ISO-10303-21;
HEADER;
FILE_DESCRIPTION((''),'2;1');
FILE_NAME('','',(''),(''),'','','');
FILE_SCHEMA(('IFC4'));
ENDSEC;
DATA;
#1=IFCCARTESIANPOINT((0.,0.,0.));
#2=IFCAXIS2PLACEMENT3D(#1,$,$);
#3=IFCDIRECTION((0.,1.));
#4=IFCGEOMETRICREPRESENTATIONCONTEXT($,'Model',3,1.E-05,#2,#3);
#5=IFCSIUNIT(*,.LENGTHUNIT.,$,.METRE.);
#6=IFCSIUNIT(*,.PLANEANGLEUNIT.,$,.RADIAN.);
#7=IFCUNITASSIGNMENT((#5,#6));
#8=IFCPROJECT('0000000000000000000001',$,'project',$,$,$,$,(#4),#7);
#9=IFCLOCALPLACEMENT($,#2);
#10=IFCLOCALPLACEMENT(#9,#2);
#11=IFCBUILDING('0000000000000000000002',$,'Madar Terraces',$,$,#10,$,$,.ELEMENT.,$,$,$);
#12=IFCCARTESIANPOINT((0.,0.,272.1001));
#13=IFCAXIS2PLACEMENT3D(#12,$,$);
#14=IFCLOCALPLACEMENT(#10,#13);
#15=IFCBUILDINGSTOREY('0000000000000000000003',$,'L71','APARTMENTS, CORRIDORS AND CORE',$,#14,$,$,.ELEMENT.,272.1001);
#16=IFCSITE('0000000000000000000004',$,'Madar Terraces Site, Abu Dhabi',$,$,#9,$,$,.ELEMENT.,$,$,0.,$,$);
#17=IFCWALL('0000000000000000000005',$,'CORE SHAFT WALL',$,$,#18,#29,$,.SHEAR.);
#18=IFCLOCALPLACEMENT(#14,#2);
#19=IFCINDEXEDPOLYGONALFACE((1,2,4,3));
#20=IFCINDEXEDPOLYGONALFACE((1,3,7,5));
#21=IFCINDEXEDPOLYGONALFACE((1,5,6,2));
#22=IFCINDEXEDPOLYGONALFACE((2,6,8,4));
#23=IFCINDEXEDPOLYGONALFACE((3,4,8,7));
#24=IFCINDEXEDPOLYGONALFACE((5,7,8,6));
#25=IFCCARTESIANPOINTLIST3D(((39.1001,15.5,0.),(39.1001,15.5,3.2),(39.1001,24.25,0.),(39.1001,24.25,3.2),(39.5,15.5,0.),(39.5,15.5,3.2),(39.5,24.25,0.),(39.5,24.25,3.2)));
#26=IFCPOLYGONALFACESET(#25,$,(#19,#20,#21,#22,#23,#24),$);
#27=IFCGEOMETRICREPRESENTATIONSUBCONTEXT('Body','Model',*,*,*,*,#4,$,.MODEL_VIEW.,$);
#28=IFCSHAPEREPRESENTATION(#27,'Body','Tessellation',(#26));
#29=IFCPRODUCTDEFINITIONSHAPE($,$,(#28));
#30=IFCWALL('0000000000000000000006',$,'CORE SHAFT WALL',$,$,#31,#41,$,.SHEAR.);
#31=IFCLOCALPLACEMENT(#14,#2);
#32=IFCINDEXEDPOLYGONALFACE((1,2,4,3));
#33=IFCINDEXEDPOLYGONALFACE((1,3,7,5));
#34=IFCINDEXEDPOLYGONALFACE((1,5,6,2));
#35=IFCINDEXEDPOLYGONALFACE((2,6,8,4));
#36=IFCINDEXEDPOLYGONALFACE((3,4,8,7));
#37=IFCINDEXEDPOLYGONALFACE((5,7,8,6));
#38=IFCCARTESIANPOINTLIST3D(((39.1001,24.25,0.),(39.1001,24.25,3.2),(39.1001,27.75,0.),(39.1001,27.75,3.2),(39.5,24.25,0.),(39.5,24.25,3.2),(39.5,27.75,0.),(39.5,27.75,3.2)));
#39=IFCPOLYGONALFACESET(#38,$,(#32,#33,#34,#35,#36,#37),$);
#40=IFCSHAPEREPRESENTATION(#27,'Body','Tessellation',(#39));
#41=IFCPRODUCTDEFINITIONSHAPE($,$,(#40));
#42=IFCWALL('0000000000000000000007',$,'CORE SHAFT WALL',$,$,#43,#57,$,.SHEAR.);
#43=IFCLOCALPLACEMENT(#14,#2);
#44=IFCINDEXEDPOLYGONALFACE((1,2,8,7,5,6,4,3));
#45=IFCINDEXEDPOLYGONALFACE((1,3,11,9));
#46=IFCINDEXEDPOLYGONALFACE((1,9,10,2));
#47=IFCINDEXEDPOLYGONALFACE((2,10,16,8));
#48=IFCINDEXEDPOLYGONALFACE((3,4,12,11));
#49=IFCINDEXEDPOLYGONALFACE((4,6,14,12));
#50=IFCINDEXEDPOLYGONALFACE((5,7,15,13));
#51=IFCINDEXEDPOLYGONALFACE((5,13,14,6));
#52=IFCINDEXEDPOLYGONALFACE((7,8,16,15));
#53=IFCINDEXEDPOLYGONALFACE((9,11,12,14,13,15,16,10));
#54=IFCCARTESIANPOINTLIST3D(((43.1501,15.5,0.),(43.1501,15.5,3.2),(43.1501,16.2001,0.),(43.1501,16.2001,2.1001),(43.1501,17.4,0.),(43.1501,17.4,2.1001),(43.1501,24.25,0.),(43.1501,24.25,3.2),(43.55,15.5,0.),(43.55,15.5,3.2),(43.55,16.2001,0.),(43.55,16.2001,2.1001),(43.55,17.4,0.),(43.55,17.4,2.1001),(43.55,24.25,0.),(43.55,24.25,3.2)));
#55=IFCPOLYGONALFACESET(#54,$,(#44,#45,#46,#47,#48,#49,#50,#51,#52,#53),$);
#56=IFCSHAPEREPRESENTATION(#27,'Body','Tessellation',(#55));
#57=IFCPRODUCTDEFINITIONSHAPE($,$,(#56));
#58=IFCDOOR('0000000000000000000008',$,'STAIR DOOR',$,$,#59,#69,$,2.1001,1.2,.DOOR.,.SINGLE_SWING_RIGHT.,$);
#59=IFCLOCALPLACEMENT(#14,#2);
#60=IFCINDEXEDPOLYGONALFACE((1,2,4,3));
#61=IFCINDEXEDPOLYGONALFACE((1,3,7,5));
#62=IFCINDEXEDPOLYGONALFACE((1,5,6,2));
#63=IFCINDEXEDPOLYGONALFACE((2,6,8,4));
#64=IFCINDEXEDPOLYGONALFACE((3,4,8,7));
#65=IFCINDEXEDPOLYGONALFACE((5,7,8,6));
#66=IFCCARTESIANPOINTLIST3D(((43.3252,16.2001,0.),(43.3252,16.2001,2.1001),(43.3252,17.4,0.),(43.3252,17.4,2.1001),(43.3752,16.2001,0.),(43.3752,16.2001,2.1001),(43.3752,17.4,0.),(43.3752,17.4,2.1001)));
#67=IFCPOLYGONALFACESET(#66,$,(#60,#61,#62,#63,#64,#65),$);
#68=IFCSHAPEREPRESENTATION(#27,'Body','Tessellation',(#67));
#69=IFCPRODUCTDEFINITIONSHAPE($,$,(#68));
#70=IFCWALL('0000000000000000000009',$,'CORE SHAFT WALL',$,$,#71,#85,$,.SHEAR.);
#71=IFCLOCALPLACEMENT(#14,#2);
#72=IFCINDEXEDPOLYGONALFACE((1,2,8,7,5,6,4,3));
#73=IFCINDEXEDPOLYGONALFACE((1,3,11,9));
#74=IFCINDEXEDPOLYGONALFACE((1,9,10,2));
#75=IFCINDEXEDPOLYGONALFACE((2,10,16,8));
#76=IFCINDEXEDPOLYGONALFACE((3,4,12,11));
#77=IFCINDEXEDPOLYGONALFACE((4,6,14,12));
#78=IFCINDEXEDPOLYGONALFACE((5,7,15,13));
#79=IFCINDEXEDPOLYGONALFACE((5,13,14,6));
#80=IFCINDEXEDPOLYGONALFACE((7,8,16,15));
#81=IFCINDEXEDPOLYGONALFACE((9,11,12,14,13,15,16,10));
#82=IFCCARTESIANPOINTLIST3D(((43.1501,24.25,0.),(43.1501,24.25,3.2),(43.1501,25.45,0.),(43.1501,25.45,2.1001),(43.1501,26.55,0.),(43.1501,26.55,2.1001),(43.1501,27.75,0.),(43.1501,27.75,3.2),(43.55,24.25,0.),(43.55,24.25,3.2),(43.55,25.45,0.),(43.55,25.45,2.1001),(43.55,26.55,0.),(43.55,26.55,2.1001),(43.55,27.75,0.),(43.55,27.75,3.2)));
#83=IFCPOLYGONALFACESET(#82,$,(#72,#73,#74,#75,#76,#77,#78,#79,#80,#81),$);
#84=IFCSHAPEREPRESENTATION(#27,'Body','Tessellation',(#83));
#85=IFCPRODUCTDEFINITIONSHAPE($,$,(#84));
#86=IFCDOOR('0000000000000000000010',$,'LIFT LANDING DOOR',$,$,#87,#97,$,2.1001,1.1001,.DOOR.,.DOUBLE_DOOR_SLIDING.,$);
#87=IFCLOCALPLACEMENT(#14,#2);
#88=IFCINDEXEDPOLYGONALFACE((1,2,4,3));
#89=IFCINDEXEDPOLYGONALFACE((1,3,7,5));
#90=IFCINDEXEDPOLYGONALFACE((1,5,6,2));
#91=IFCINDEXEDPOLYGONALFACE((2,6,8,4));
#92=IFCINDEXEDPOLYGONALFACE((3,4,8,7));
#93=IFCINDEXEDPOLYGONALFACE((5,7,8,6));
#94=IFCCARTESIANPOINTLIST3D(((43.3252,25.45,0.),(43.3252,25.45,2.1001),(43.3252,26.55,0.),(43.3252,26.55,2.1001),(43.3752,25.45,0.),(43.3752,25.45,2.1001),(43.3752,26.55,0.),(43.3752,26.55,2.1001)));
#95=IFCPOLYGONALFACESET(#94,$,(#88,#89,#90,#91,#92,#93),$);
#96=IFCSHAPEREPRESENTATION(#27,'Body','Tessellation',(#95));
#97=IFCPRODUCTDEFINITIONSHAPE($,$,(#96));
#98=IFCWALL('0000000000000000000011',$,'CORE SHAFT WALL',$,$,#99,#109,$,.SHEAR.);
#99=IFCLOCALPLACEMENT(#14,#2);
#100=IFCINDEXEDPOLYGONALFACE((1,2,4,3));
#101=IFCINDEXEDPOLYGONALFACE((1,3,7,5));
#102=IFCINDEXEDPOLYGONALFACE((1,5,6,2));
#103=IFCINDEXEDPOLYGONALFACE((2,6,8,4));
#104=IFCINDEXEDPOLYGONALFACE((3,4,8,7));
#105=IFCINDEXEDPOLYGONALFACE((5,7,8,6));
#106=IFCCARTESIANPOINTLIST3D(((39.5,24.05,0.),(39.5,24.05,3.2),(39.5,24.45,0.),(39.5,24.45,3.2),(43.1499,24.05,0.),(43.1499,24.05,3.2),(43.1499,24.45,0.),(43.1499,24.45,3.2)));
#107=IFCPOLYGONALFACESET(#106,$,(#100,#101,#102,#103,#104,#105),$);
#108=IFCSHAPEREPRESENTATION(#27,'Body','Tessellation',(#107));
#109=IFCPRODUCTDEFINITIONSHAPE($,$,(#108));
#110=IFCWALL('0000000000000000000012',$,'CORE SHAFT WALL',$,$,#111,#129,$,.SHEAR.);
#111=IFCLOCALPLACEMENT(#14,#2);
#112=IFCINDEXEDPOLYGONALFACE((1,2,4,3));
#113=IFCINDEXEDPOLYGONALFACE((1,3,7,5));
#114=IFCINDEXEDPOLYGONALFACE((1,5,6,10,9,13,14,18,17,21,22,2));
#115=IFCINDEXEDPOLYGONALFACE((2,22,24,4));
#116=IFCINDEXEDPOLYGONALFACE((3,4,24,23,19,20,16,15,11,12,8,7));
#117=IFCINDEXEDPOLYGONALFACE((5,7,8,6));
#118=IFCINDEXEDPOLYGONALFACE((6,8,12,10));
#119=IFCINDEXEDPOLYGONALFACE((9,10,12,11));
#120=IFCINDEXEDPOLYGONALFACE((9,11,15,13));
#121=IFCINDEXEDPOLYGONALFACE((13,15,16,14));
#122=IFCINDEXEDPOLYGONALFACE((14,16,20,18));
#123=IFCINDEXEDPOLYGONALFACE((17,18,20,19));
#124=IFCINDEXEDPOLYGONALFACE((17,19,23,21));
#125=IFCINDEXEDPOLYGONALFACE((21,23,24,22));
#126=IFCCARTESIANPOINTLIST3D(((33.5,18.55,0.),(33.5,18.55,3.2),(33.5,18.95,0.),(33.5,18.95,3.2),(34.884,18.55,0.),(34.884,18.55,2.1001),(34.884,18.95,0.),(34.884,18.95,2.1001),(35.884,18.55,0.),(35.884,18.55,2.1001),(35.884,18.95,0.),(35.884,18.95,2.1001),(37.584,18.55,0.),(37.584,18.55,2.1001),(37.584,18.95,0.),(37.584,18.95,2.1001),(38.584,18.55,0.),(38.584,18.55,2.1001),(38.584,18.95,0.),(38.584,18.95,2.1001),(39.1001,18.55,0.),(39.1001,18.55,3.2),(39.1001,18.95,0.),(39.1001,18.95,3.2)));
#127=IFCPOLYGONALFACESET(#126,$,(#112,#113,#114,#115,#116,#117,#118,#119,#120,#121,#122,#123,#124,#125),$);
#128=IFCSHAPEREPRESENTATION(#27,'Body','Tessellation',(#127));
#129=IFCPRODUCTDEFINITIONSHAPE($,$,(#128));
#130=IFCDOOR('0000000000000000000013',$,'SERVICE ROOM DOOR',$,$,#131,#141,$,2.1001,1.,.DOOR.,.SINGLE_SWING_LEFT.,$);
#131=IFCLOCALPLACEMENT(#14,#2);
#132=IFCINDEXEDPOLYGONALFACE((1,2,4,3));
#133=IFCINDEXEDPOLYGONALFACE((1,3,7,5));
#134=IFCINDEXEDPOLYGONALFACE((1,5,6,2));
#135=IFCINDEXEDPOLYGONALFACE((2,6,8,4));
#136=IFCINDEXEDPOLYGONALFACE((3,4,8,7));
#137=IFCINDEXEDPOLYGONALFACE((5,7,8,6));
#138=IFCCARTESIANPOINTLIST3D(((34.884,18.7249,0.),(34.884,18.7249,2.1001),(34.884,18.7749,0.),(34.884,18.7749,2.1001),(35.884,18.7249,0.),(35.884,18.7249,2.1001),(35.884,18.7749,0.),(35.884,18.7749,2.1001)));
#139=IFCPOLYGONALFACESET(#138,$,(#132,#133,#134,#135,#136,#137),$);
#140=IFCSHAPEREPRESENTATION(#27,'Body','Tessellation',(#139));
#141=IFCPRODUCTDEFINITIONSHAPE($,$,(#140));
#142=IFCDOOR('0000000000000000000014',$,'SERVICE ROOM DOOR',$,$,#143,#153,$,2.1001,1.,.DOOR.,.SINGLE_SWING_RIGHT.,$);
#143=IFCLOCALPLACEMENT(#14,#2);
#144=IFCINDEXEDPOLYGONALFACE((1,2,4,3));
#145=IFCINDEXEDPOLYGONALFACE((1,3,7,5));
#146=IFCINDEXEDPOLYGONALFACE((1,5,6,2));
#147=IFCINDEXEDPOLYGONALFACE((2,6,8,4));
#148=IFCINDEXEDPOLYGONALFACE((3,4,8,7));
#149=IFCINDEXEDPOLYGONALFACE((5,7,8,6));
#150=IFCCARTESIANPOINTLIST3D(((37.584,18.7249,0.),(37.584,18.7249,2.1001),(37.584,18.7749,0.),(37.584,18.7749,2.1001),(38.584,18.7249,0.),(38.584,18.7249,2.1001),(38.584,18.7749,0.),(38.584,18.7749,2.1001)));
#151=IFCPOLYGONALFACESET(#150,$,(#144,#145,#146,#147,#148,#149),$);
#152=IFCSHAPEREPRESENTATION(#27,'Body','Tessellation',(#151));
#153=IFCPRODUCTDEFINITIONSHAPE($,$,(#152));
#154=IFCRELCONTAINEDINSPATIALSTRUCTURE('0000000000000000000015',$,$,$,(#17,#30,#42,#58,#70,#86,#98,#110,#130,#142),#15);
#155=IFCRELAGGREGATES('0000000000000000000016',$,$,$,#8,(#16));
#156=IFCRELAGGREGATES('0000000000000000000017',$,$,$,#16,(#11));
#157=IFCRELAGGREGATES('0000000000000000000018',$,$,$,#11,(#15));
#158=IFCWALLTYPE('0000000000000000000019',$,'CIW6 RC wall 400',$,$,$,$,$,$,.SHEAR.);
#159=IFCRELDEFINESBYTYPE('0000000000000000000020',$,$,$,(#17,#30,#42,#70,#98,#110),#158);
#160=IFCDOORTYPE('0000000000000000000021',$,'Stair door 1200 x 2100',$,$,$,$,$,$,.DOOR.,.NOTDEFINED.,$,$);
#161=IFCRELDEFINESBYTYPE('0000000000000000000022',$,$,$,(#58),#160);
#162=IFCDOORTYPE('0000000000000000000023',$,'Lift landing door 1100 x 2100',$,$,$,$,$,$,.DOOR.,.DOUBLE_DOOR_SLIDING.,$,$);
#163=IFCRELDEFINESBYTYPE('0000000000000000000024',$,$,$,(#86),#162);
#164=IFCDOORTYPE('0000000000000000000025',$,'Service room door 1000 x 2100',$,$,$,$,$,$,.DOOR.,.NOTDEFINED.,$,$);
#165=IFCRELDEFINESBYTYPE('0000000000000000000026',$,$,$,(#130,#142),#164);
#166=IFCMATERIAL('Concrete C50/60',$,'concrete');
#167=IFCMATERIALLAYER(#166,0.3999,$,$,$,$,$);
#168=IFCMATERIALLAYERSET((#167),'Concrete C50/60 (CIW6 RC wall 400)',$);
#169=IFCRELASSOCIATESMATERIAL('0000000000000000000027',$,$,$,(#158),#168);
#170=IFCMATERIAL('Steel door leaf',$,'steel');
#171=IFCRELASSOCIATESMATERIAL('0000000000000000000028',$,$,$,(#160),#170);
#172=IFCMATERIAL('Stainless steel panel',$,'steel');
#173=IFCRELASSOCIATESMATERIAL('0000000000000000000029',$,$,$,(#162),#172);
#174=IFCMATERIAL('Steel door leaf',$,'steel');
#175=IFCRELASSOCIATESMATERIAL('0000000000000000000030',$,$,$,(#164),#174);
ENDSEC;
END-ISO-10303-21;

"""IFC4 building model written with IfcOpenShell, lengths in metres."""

from ifc_helpers import new_model, si_unit, direction, frame, frame_2d, origin, place, context, subcontext, project, spatial, rectangle, extrude, material, layer, layer_set, type_object, element, fill, save


model = new_model("IFC4")

# Units and contexts
model_context = context("Model", 3, precision=1e-05, world=origin(), true_north=direction((0.0, 1.0)))
body_context = subcontext(model_context, "Body", "Model", "MODEL_VIEW")
ifc_project = project(units=[si_unit("LENGTHUNIT", "METRE"), si_unit("PLANEANGLEUNIT", "RADIAN")], contexts=[model_context])

# Site, building, storey
site_placement = place(None, origin())
site = spatial("IfcSite", under=ifc_project, at=site_placement, Name="Madar Terraces Site, Abu Dhabi", CompositionType="ELEMENT", RefElevation=0.0)
building_placement = place(site_placement, origin())
building = spatial("IfcBuilding", under=site, at=building_placement, Name="Madar Terraces", CompositionType="ELEMENT")
storey_placement = place(building_placement, frame((0.0, 0.0, 272.1001)))
storey = spatial("IfcBuildingStorey", under=building, at=storey_placement, Name="L71", Description="APARTMENTS, CORRIDORS AND CORE", CompositionType="ELEMENT", Elevation=272.1001)

# Walls
ifc_material_1 = material(Name="Concrete C50/60", Category="concrete")
ifc_layer_1 = layer(ifc_material_1, 0.3999)
ifc_layer_set_1 = layer_set([ifc_layer_1], Name="Concrete C50/60 (CIW6 RC wall 400)")
wall_type_1 = type_object("IfcWallType", Name="CIW6 RC wall 400", PredefinedType="SHEAR", material=ifc_layer_set_1)
wall_1_placement = place(storey_placement, frame((39.3, 15.5, 0.0), z_axis=(0.0, 0.0, 1.0), x_axis=(0.0, 1.0, 0.0)))
element("IfcWall", 1, at=wall_1_placement, inside=storey, type_object=wall_type_1, Name="CORE SHAFT WALL", PredefinedType="SHEAR", context=body_context, shape_type="SweptSolid", body=[
    extrude(rectangle(XDim=8.75, YDim=0.3999, at=frame_2d((4.375, 0.0))), origin(), (0.0, 0.0, 1.0), 3.2),
])
wall_2_placement = place(storey_placement, frame((39.3, 24.25, 0.0), z_axis=(0.0, 0.0, 1.0), x_axis=(0.0, 1.0, 0.0)))
element("IfcWall", 2, at=wall_2_placement, inside=storey, type_object=wall_type_1, Name="CORE SHAFT WALL", PredefinedType="SHEAR", context=body_context, shape_type="SweptSolid", body=[
    extrude(rectangle(XDim=3.5, YDim=0.3999, at=frame_2d((1.75, 0.0))), origin(), (0.0, 0.0, 1.0), 3.2),
])

# Walls, openings, doors
wall_3_placement = place(storey_placement, frame((43.3501, 15.5, 0.0), z_axis=(0.0, 0.0, 1.0), x_axis=(0.0, 1.0, 0.0)))
wall_3 = element("IfcWall", 3, at=wall_3_placement, inside=storey, type_object=wall_type_1, Name="CORE SHAFT WALL", PredefinedType="SHEAR", context=body_context, shape_type="SweptSolid", body=[
    extrude(rectangle(XDim=8.75, YDim=0.3999, at=frame_2d((4.375, 0.0))), origin(), (0.0, 0.0, 1.0), 3.2),
])
opening_1_placement = place(wall_3_placement, frame((0.7, 0.0, 0.0)))
opening_1 = element("IfcOpeningElement", 4, at=opening_1_placement, cuts=wall_3, PredefinedType="OPENING", context=body_context, shape_type="SweptSolid", body=[
    extrude(rectangle(XDim=1.2, YDim=2.1001, at=frame_2d((0.6001, 1.05))), frame((0.0, 0.21, 0.0), z_axis=(0.0, -1.0, 0.0), x_axis=(1.0, 0.0, 0.0)), (0.0, 0.0, 1.0), 0.4199),
])
ifc_material_2 = material(Name="Steel door leaf", Category="steel")
door_type_1 = type_object("IfcDoorType", Name="Stair door 1200 x 2100", OperationType="NOTDEFINED", PredefinedType="DOOR", material=ifc_material_2)
door_1_placement = place(opening_1_placement, origin())
door_1 = element("IfcDoor", 5, at=door_1_placement, inside=storey, type_object=door_type_1, Name="STAIR DOOR", OperationType="SINGLE_SWING_RIGHT", OverallHeight=2.1001, OverallWidth=1.2, PredefinedType="DOOR", context=body_context, shape_type="SweptSolid", body=[
    extrude(rectangle(XDim=1.2, YDim=2.1001, at=frame_2d((0.6001, 1.05))), frame((0.0, 0.0249, 0.0), z_axis=(0.0, -1.0, 0.0), x_axis=(1.0, 0.0, 0.0)), (0.0, 0.0, 1.0), 0.05),
])
fill(opening_1, door_1)
wall_4_placement = place(storey_placement, frame((43.3501, 24.25, 0.0), z_axis=(0.0, 0.0, 1.0), x_axis=(0.0, 1.0, 0.0)))
wall_4 = element("IfcWall", 6, at=wall_4_placement, inside=storey, type_object=wall_type_1, Name="CORE SHAFT WALL", PredefinedType="SHEAR", context=body_context, shape_type="SweptSolid", body=[
    extrude(rectangle(XDim=3.5, YDim=0.3999, at=frame_2d((1.75, 0.0))), origin(), (0.0, 0.0, 1.0), 3.2),
])
opening_2_placement = place(wall_4_placement, frame((1.2, 0.0, 0.0)))
opening_2 = element("IfcOpeningElement", 7, at=opening_2_placement, cuts=wall_4, PredefinedType="OPENING", context=body_context, shape_type="SweptSolid", body=[
    extrude(rectangle(XDim=1.1001, YDim=2.1001, at=frame_2d((0.55, 1.05))), frame((0.0, 0.21, 0.0), z_axis=(0.0, -1.0, 0.0), x_axis=(1.0, 0.0, 0.0)), (0.0, 0.0, 1.0), 0.4199),
])
ifc_material_3 = material(Name="Stainless steel panel", Category="steel")
door_type_2 = type_object("IfcDoorType", Name="Lift landing door 1100 x 2100", OperationType="DOUBLE_DOOR_SLIDING", PredefinedType="DOOR", material=ifc_material_3)
door_2_placement = place(opening_2_placement, origin())
door_2 = element("IfcDoor", 8, at=door_2_placement, inside=storey, type_object=door_type_2, Name="LIFT LANDING DOOR", OperationType="DOUBLE_DOOR_SLIDING", OverallHeight=2.1001, OverallWidth=1.1001, PredefinedType="DOOR", context=body_context, shape_type="SweptSolid", body=[
    extrude(rectangle(XDim=1.1001, YDim=2.1001, at=frame_2d((0.55, 1.05))), frame((0.0, 0.0249, 0.0), z_axis=(0.0, -1.0, 0.0), x_axis=(1.0, 0.0, 0.0)), (0.0, 0.0, 1.0), 0.05),
])
fill(opening_2, door_2)

# Wall
wall_5_placement = place(storey_placement, frame((39.5, 24.25, 0.0), z_axis=(0.0, 0.0, 1.0), x_axis=(1.0, 0.0, 0.0)))
element("IfcWall", 9, at=wall_5_placement, inside=storey, type_object=wall_type_1, Name="CORE SHAFT WALL", PredefinedType="SHEAR", context=body_context, shape_type="SweptSolid", body=[
    extrude(rectangle(XDim=3.6499, YDim=0.3999, at=frame_2d((1.825, 0.0))), origin(), (0.0, 0.0, 1.0), 3.2),
])

# Wall, openings, doors
wall_6_placement = place(storey_placement, frame((33.5, 18.75, 0.0), z_axis=(0.0, 0.0, 1.0), x_axis=(1.0, 0.0, 0.0)))
wall_6 = element("IfcWall", 10, at=wall_6_placement, inside=storey, type_object=wall_type_1, Name="CORE SHAFT WALL", PredefinedType="SHEAR", context=body_context, shape_type="SweptSolid", body=[
    extrude(rectangle(XDim=5.6001, YDim=0.3999, at=frame_2d((2.8, 0.0))), origin(), (0.0, 0.0, 1.0), 3.2),
])
opening_3_placement = place(wall_6_placement, frame((1.384, 0.0, 0.0)))
opening_3 = element("IfcOpeningElement", 11, at=opening_3_placement, cuts=wall_6, PredefinedType="OPENING", context=body_context, shape_type="SweptSolid", body=[
    extrude(rectangle(XDim=1.0, YDim=2.1001, at=frame_2d((0.5, 1.05))), frame((0.0, 0.21, 0.0), z_axis=(0.0, -1.0, 0.0), x_axis=(1.0, 0.0, 0.0)), (0.0, 0.0, 1.0), 0.4199),
])
opening_4_placement = place(wall_6_placement, frame((4.084, 0.0, 0.0)))
opening_4 = element("IfcOpeningElement", 12, at=opening_4_placement, cuts=wall_6, PredefinedType="OPENING", context=body_context, shape_type="SweptSolid", body=[
    extrude(rectangle(XDim=1.0, YDim=2.1001, at=frame_2d((0.5, 1.05))), frame((0.0, 0.21, 0.0), z_axis=(0.0, -1.0, 0.0), x_axis=(1.0, 0.0, 0.0)), (0.0, 0.0, 1.0), 0.4199),
])
ifc_material_4 = material(Name="Steel door leaf", Category="steel")
door_type_3 = type_object("IfcDoorType", Name="Service room door 1000 x 2100", OperationType="NOTDEFINED", PredefinedType="DOOR", material=ifc_material_4)
door_3_placement = place(opening_3_placement, origin())
door_3 = element("IfcDoor", 13, at=door_3_placement, inside=storey, type_object=door_type_3, Name="SERVICE ROOM DOOR", OperationType="SINGLE_SWING_LEFT", OverallHeight=2.1001, OverallWidth=1.0, PredefinedType="DOOR", context=body_context, shape_type="SweptSolid", body=[
    extrude(rectangle(XDim=1.0, YDim=2.1001, at=frame_2d((0.5, 1.05))), frame((0.0, 0.0249, 0.0), z_axis=(0.0, -1.0, 0.0), x_axis=(1.0, 0.0, 0.0)), (0.0, 0.0, 1.0), 0.05),
])
fill(opening_3, door_3)
door_4_placement = place(opening_4_placement, origin())
door_4 = element("IfcDoor", 14, at=door_4_placement, inside=storey, type_object=door_type_3, Name="SERVICE ROOM DOOR", OperationType="SINGLE_SWING_RIGHT", OverallHeight=2.1001, OverallWidth=1.0, PredefinedType="DOOR", context=body_context, shape_type="SweptSolid", body=[
    extrude(rectangle(XDim=1.0, YDim=2.1001, at=frame_2d((0.5, 1.05))), frame((0.0, 0.0249, 0.0), z_axis=(0.0, -1.0, 0.0), x_axis=(1.0, 0.0, 0.0)), (0.0, 0.0, 1.0), 0.05),
])
fill(opening_4, door_4)

save(model, "model.ifc")
